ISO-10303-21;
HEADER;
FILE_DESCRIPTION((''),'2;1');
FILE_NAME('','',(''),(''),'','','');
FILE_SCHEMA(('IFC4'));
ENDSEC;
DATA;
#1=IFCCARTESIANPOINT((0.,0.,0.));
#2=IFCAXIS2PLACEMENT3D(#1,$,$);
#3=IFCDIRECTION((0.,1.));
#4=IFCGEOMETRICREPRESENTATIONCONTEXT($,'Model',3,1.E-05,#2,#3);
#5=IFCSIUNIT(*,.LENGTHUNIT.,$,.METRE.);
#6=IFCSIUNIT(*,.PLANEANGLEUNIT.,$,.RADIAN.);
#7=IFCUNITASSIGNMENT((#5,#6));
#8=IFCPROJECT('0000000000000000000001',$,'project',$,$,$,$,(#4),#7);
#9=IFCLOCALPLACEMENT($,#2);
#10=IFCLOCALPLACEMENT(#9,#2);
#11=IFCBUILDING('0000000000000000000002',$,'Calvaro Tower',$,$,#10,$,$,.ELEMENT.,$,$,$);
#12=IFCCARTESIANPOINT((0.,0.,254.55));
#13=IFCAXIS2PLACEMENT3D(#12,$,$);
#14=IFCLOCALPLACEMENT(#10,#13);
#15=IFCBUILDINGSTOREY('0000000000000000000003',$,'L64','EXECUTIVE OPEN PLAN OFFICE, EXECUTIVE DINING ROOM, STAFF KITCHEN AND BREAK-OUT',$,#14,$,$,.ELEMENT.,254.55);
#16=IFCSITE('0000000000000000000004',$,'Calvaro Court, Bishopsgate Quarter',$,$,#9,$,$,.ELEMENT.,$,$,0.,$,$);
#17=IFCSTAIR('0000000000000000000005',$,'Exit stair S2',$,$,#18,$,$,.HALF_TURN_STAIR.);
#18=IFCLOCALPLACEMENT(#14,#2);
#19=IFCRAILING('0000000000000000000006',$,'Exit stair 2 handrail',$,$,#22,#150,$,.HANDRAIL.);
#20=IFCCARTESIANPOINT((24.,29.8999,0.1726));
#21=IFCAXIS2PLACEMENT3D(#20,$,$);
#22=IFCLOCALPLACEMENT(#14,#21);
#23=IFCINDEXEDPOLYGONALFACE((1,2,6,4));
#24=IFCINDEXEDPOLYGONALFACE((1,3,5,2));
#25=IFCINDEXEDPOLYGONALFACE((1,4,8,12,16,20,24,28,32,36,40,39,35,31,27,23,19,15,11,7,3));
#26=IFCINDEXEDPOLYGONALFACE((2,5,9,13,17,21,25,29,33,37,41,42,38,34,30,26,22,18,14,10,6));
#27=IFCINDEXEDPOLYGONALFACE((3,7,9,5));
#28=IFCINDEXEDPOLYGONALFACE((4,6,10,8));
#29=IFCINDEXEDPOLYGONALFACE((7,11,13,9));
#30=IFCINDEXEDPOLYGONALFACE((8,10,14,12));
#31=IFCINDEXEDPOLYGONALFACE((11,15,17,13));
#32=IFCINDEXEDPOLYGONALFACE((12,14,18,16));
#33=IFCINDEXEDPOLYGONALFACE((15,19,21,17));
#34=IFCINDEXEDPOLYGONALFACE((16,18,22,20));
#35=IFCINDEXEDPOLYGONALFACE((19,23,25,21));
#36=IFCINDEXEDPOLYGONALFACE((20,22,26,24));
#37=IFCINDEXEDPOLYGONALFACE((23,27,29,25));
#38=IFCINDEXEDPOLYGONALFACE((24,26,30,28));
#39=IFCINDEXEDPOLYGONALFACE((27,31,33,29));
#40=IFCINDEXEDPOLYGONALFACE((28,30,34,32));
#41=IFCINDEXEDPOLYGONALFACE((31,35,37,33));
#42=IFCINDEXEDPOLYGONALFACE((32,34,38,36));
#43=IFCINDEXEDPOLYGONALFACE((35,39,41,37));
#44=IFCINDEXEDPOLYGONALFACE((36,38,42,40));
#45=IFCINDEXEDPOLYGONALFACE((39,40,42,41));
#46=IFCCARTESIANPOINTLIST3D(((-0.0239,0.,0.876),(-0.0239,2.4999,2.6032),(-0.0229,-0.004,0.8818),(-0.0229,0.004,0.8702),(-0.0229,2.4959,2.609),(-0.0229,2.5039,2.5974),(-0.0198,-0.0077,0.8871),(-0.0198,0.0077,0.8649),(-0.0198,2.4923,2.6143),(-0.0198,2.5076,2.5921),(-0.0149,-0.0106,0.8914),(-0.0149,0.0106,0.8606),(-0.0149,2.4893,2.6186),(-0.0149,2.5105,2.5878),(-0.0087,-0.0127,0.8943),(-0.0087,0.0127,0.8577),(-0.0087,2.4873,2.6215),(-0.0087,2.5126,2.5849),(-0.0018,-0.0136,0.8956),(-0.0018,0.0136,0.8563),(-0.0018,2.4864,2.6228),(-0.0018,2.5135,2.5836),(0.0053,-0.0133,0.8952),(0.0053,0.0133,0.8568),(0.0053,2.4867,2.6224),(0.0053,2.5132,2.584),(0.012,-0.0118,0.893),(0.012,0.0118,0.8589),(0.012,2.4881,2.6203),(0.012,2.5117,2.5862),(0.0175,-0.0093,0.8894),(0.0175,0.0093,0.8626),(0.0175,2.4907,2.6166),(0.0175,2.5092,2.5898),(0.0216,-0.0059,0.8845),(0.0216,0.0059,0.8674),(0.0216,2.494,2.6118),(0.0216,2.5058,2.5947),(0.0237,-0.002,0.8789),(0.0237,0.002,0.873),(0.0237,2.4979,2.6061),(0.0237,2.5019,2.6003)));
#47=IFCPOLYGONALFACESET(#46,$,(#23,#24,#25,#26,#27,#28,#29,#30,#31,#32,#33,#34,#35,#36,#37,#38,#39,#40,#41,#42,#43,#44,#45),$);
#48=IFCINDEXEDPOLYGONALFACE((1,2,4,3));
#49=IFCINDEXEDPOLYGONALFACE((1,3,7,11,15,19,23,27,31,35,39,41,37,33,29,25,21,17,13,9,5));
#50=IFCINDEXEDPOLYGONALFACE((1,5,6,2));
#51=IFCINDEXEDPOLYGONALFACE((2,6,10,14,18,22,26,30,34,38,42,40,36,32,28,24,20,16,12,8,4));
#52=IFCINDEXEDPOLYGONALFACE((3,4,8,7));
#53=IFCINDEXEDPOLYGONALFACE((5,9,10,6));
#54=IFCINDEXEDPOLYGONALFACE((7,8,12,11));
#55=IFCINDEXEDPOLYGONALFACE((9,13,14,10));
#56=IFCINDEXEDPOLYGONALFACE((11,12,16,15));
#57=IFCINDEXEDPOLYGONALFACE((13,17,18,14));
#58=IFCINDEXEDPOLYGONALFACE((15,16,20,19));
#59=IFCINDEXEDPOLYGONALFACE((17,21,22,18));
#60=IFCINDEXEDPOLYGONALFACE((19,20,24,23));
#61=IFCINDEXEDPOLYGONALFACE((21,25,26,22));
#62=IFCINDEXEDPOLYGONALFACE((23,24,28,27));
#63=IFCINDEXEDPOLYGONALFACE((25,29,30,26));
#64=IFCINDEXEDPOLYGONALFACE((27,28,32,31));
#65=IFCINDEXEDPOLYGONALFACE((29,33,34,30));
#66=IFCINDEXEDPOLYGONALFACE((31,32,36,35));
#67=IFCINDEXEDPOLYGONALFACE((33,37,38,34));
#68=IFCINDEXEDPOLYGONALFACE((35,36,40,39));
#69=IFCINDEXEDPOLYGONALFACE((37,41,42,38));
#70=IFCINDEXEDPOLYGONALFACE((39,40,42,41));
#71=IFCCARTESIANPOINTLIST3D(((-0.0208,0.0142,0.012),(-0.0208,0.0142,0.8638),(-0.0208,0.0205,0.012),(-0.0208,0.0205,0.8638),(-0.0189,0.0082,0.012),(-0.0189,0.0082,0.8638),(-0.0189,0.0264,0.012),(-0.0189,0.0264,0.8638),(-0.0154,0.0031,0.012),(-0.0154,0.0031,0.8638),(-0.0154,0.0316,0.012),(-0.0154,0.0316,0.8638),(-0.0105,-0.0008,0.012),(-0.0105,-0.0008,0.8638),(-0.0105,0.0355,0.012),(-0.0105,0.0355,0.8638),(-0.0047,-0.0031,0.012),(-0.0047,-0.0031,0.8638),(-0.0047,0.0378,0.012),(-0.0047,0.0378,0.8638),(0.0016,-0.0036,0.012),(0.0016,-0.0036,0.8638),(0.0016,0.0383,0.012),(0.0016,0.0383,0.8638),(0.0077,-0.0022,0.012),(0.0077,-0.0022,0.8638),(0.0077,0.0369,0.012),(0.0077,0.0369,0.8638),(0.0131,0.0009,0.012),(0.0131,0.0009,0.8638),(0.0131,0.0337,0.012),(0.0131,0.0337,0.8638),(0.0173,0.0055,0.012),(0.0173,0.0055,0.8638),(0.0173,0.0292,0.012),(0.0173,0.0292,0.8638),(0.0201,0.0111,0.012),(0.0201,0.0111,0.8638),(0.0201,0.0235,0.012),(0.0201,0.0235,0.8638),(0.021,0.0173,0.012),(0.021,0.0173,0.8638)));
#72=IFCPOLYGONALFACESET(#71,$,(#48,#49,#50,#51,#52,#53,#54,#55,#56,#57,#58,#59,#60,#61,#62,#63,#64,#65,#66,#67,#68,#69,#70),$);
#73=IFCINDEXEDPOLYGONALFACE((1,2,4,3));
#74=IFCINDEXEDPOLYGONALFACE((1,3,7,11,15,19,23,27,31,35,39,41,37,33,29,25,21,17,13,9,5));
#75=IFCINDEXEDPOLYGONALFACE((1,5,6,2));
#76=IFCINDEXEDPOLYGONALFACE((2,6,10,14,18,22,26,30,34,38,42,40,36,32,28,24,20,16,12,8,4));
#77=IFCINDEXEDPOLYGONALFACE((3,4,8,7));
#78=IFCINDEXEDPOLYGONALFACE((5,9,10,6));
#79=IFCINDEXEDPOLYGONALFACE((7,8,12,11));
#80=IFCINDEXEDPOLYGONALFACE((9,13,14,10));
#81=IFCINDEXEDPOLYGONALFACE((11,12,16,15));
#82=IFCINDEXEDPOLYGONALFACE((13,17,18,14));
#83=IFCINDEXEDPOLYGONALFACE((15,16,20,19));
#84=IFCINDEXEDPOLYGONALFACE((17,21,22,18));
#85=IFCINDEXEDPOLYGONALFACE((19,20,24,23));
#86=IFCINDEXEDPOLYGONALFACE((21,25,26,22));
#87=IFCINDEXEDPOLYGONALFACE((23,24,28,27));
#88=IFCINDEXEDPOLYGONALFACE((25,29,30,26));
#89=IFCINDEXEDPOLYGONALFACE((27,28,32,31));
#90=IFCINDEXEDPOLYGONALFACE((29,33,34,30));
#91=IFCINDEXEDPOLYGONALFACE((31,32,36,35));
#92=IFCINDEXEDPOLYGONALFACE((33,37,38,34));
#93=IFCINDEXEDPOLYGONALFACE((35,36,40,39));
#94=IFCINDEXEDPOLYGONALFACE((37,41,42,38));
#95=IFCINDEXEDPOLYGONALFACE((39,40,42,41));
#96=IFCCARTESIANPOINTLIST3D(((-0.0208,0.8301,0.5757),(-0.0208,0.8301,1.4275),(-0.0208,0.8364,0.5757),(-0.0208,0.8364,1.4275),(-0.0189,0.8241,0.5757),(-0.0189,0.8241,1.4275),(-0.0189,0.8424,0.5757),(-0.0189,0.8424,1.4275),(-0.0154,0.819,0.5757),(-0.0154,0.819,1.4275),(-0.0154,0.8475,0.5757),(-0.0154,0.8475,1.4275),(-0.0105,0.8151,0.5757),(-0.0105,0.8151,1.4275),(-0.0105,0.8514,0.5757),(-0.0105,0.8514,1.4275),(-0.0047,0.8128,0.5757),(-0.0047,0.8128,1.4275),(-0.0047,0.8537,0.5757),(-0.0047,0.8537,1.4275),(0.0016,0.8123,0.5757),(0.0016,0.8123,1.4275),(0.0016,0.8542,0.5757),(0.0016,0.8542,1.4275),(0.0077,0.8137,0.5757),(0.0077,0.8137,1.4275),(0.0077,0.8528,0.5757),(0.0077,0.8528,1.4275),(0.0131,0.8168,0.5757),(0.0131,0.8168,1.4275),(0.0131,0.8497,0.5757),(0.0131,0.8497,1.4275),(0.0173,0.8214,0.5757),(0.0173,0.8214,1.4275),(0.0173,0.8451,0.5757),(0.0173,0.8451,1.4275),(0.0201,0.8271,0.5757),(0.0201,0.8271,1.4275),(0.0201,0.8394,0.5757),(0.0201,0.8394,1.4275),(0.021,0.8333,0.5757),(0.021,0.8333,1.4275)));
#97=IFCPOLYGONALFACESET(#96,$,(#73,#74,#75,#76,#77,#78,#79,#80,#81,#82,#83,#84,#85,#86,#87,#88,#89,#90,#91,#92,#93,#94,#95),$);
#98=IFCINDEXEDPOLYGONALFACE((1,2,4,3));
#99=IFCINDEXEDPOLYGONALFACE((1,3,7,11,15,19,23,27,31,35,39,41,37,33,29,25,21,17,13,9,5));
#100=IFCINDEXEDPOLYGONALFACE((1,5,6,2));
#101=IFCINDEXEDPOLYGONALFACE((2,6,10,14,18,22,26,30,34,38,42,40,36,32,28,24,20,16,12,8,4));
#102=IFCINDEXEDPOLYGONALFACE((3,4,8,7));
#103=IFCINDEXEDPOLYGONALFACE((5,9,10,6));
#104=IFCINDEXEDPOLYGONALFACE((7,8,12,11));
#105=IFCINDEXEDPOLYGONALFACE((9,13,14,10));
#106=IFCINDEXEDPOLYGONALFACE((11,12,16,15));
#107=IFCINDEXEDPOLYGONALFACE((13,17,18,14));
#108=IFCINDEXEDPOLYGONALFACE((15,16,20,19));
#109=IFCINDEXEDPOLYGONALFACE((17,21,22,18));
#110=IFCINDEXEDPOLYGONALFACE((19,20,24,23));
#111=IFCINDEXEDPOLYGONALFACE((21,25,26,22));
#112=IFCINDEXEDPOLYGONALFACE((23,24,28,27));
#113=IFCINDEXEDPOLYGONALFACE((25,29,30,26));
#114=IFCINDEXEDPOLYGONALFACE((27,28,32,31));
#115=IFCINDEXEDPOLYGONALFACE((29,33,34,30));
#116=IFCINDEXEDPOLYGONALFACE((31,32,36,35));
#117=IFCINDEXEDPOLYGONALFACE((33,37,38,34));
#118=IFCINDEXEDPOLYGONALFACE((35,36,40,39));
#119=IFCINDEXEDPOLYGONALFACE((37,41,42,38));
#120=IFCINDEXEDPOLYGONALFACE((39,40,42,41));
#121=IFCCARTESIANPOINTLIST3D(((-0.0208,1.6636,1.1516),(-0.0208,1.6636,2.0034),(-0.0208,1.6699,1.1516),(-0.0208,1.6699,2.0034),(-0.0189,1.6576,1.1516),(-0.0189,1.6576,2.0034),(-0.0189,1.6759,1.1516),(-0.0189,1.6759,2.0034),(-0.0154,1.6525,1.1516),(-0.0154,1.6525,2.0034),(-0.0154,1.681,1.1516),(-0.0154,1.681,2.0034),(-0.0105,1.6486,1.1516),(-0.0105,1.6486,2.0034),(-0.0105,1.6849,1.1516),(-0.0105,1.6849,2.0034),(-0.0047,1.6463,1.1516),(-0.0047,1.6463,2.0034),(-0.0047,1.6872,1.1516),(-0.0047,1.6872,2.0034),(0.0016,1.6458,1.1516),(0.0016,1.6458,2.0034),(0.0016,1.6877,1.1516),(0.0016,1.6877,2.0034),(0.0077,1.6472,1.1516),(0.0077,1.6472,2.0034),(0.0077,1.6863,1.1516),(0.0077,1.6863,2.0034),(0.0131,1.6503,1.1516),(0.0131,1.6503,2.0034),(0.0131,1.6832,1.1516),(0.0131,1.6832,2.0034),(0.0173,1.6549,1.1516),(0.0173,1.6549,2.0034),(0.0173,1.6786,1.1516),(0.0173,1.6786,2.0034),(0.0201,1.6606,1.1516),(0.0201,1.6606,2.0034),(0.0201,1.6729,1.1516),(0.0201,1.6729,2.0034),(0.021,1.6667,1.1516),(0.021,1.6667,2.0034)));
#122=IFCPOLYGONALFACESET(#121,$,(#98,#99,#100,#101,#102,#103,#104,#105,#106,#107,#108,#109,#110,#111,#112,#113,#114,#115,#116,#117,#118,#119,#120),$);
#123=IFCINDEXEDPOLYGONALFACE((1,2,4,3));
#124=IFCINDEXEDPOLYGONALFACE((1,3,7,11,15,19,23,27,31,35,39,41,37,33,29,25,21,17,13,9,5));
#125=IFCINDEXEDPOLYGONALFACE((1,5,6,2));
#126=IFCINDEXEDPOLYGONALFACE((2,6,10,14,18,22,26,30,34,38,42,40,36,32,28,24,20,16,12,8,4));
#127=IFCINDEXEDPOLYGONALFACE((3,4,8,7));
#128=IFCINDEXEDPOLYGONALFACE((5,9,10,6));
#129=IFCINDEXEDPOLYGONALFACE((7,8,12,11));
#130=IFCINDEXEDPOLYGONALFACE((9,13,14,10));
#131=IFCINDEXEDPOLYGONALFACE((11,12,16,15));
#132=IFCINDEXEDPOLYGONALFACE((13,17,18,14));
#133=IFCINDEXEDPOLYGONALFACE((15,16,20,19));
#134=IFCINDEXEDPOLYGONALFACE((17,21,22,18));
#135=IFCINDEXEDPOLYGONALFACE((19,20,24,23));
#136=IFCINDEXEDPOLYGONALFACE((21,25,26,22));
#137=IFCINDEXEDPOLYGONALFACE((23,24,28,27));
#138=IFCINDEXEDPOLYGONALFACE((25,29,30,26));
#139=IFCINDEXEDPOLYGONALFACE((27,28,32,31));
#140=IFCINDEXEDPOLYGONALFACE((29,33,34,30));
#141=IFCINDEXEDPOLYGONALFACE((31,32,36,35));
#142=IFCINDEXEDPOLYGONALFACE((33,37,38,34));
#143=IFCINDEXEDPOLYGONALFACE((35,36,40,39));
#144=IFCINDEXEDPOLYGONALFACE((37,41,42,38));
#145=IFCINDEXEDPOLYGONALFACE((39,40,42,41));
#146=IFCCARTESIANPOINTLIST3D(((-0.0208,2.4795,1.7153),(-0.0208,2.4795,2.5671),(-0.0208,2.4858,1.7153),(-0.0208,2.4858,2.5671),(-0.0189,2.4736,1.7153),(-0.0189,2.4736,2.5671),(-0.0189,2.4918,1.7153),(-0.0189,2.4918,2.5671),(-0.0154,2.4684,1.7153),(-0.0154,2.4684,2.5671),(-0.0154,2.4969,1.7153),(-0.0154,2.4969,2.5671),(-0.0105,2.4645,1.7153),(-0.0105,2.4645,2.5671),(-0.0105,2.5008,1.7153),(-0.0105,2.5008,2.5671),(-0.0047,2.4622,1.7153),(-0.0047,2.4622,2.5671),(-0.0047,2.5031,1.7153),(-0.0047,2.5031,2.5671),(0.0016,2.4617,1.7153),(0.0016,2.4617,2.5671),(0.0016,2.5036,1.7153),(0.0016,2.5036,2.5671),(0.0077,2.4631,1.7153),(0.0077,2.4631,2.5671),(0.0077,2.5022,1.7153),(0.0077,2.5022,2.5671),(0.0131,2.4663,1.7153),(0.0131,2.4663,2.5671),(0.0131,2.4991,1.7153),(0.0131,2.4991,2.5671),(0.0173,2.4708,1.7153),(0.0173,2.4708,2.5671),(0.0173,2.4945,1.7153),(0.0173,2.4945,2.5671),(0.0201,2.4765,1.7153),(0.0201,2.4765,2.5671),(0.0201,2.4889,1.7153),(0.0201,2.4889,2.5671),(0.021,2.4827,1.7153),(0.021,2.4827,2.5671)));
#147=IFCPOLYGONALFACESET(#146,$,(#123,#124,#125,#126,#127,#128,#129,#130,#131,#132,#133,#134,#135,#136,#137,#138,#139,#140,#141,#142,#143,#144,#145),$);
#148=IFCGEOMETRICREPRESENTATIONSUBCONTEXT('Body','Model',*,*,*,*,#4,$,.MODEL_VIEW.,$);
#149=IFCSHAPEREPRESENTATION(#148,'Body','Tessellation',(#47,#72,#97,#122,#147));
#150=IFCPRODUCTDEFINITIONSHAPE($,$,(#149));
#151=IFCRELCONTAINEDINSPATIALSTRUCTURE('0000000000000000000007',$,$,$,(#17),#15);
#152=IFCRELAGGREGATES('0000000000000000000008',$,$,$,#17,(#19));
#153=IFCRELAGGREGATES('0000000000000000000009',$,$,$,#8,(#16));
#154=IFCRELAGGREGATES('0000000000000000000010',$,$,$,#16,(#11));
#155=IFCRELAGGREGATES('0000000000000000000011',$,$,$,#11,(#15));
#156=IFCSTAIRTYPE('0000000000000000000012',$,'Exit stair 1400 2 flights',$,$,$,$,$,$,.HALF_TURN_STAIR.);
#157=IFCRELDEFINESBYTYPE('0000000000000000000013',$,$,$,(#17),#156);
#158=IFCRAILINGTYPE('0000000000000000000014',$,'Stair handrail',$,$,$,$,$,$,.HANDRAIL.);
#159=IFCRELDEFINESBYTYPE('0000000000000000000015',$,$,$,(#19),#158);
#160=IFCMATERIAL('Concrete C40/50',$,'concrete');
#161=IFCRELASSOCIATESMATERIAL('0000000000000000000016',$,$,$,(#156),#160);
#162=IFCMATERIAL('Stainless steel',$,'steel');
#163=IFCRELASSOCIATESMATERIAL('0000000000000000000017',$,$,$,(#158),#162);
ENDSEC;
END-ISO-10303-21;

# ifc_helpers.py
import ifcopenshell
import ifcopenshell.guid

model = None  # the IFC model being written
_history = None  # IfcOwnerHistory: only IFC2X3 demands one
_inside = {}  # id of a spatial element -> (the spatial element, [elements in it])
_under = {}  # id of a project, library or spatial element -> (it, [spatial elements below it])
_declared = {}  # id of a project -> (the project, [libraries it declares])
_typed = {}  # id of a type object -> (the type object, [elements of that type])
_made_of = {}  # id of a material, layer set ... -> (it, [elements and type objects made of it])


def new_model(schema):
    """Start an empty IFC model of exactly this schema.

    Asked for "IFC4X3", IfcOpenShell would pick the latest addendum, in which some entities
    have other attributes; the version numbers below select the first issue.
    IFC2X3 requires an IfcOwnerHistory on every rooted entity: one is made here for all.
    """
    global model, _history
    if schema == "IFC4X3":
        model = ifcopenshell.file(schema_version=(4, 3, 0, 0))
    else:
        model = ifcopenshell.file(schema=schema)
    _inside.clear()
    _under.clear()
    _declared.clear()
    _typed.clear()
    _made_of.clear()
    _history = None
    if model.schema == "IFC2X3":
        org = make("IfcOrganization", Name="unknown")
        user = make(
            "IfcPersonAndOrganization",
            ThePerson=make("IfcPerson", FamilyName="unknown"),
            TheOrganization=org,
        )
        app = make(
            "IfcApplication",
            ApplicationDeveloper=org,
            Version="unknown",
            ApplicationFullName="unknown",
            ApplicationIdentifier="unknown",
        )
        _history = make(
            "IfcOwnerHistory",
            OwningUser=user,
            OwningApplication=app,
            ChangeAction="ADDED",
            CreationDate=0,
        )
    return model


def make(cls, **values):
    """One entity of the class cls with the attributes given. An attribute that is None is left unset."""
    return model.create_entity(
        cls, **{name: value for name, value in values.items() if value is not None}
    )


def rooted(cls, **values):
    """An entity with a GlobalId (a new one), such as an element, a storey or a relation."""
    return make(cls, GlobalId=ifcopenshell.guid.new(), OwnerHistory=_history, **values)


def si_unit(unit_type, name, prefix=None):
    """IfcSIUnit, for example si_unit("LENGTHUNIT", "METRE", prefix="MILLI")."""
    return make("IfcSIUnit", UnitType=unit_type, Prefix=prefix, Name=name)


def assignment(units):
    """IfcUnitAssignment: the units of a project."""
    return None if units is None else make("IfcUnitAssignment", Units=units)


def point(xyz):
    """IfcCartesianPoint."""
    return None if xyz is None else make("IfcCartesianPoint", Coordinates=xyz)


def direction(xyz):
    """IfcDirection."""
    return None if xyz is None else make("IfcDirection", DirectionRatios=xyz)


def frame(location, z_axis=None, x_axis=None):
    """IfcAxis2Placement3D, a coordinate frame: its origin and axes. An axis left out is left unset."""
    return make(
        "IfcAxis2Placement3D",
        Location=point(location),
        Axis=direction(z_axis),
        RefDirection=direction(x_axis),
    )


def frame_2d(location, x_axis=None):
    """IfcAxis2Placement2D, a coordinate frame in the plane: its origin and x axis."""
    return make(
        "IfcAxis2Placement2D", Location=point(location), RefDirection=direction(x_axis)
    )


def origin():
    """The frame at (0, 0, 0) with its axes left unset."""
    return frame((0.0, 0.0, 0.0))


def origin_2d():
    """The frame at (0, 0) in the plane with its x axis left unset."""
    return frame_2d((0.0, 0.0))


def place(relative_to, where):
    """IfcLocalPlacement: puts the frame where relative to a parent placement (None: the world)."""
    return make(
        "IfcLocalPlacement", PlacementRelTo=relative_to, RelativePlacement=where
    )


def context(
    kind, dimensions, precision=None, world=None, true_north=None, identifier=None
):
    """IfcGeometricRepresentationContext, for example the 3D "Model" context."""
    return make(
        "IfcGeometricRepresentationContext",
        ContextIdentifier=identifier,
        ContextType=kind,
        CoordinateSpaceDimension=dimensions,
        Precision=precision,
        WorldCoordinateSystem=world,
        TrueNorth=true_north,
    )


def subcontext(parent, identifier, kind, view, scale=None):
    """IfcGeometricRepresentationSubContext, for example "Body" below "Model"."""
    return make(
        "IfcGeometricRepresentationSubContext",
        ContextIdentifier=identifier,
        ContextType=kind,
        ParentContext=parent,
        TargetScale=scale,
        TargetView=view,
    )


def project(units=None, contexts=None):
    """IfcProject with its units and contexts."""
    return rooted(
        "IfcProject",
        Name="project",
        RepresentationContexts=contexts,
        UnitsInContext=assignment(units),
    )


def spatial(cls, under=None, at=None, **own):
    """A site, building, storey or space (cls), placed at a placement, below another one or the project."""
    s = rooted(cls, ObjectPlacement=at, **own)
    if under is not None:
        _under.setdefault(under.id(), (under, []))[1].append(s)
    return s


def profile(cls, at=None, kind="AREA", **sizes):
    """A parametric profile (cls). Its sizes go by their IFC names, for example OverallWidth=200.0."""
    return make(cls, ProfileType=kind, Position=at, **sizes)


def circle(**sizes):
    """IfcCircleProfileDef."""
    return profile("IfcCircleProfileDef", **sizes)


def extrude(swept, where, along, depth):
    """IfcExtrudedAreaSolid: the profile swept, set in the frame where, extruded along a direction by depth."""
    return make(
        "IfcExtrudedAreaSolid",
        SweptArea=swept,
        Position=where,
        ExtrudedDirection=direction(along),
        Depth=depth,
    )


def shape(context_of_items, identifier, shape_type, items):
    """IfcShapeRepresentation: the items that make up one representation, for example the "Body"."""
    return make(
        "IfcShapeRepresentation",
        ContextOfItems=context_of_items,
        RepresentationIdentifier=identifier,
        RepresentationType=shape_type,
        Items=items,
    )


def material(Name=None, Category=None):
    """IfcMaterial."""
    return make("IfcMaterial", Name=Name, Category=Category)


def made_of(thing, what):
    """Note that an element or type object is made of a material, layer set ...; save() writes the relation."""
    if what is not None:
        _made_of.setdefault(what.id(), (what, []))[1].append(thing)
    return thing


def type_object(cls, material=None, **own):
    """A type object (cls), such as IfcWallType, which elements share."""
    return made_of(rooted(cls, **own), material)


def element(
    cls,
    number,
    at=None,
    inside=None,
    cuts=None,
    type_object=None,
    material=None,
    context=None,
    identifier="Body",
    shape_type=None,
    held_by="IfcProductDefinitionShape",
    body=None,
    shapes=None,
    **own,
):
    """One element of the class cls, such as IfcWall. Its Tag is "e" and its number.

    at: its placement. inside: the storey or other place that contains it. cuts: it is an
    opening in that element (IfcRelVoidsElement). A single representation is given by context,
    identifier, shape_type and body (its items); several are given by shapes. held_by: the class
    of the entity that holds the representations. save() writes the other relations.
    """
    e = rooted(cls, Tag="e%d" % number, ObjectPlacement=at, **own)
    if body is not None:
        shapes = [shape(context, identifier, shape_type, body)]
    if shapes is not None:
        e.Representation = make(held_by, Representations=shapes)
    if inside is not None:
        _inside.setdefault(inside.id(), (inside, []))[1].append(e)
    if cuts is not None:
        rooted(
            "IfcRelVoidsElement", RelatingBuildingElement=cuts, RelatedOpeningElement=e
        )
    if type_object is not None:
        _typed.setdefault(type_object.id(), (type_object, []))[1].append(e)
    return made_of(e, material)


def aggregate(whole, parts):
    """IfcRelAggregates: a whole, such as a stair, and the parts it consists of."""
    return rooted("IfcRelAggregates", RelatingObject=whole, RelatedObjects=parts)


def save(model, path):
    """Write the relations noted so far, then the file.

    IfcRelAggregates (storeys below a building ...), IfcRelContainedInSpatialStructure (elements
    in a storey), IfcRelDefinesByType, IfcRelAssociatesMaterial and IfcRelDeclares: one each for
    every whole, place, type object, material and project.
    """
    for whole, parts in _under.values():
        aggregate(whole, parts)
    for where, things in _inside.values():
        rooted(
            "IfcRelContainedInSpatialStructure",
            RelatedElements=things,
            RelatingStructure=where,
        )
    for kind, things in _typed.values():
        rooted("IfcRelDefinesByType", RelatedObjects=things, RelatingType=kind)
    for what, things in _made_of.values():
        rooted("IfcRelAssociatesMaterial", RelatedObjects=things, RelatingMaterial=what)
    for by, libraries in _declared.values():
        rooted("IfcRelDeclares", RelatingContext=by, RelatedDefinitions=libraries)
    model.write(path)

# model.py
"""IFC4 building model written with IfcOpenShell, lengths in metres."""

from ifc_helpers import new_model, si_unit, direction, frame, origin, origin_2d, place, context, subcontext, project, spatial, circle, extrude, material, type_object, element, aggregate, save


model = new_model("IFC4")

# Units and contexts
model_context = context("Model", 3, precision=1e-05, world=origin(), true_north=direction((0.0, 1.0)))
body_context = subcontext(model_context, "Body", "Model", "MODEL_VIEW")
ifc_project = project(units=[si_unit("LENGTHUNIT", "METRE"), si_unit("PLANEANGLEUNIT", "RADIAN")], contexts=[model_context])

# Site, building, storey
site_placement = place(None, origin())
site = spatial("IfcSite", under=ifc_project, at=site_placement, Name="Calvaro Court, Bishopsgate Quarter", CompositionType="ELEMENT", RefElevation=0.0)
building_placement = place(site_placement, origin())
building = spatial("IfcBuilding", under=site, at=building_placement, Name="Calvaro Tower", CompositionType="ELEMENT")
storey_placement = place(building_placement, frame((0.0, 0.0, 254.55)))
storey = spatial("IfcBuildingStorey", under=building, at=storey_placement, Name="L64", Description="EXECUTIVE OPEN PLAN OFFICE, EXECUTIVE DINING ROOM, STAFF KITCHEN AND BREAK-OUT", CompositionType="ELEMENT", Elevation=254.55)

# Stair, railing
ifc_material_1 = material(Name="Concrete C40/50", Category="concrete")
stair_type = type_object("IfcStairType", Name="Exit stair 1400 2 flights", PredefinedType="HALF_TURN_STAIR", material=ifc_material_1)
stair_placement = place(storey_placement, origin())
stair = element("IfcStair", 1, at=stair_placement, inside=storey, type_object=stair_type, Name="Exit stair S2", PredefinedType="HALF_TURN_STAIR")
ifc_material_2 = material(Name="Stainless steel", Category="steel")
railing_type = type_object("IfcRailingType", Name="Stair handrail", PredefinedType="HANDRAIL", material=ifc_material_2)
railing_1_placement = place(storey_placement, frame((24.0, 29.8999, 0.1726)))
railing_1 = element("IfcRailing", 2, at=railing_1_placement, type_object=railing_type, Name="Exit stair 2 handrail", PredefinedType="HANDRAIL", context=body_context, shape_type="SweptSolid", body=[
    extrude(circle(Radius=0.0239, at=origin_2d()), frame((0.0, 0.0, 0.876), z_axis=(0.0, 0.822727, 0.568437), x_axis=(-1.0, 0.0, 0.0)), (0.0, 0.0, 1.0), 3.0386),
    extrude(circle(Radius=0.021, at=origin_2d()), frame((0.0, 0.0173, 0.012)), (0.0, 0.0, 1.0), 0.8518),
    extrude(circle(Radius=0.021, at=origin_2d()), frame((0.0, 0.8333, 0.5757)), (0.0, 0.0, 1.0), 0.8518),
    extrude(circle(Radius=0.021, at=origin_2d()), frame((0.0, 1.6667, 1.1516)), (0.0, 0.0, 1.0), 0.8518),
    extrude(circle(Radius=0.021, at=origin_2d()), frame((0.0, 2.4827, 1.7153)), (0.0, 0.0, 1.0), 0.8518),
])
aggregate(stair, [railing_1])

save(model, "model.ifc")
